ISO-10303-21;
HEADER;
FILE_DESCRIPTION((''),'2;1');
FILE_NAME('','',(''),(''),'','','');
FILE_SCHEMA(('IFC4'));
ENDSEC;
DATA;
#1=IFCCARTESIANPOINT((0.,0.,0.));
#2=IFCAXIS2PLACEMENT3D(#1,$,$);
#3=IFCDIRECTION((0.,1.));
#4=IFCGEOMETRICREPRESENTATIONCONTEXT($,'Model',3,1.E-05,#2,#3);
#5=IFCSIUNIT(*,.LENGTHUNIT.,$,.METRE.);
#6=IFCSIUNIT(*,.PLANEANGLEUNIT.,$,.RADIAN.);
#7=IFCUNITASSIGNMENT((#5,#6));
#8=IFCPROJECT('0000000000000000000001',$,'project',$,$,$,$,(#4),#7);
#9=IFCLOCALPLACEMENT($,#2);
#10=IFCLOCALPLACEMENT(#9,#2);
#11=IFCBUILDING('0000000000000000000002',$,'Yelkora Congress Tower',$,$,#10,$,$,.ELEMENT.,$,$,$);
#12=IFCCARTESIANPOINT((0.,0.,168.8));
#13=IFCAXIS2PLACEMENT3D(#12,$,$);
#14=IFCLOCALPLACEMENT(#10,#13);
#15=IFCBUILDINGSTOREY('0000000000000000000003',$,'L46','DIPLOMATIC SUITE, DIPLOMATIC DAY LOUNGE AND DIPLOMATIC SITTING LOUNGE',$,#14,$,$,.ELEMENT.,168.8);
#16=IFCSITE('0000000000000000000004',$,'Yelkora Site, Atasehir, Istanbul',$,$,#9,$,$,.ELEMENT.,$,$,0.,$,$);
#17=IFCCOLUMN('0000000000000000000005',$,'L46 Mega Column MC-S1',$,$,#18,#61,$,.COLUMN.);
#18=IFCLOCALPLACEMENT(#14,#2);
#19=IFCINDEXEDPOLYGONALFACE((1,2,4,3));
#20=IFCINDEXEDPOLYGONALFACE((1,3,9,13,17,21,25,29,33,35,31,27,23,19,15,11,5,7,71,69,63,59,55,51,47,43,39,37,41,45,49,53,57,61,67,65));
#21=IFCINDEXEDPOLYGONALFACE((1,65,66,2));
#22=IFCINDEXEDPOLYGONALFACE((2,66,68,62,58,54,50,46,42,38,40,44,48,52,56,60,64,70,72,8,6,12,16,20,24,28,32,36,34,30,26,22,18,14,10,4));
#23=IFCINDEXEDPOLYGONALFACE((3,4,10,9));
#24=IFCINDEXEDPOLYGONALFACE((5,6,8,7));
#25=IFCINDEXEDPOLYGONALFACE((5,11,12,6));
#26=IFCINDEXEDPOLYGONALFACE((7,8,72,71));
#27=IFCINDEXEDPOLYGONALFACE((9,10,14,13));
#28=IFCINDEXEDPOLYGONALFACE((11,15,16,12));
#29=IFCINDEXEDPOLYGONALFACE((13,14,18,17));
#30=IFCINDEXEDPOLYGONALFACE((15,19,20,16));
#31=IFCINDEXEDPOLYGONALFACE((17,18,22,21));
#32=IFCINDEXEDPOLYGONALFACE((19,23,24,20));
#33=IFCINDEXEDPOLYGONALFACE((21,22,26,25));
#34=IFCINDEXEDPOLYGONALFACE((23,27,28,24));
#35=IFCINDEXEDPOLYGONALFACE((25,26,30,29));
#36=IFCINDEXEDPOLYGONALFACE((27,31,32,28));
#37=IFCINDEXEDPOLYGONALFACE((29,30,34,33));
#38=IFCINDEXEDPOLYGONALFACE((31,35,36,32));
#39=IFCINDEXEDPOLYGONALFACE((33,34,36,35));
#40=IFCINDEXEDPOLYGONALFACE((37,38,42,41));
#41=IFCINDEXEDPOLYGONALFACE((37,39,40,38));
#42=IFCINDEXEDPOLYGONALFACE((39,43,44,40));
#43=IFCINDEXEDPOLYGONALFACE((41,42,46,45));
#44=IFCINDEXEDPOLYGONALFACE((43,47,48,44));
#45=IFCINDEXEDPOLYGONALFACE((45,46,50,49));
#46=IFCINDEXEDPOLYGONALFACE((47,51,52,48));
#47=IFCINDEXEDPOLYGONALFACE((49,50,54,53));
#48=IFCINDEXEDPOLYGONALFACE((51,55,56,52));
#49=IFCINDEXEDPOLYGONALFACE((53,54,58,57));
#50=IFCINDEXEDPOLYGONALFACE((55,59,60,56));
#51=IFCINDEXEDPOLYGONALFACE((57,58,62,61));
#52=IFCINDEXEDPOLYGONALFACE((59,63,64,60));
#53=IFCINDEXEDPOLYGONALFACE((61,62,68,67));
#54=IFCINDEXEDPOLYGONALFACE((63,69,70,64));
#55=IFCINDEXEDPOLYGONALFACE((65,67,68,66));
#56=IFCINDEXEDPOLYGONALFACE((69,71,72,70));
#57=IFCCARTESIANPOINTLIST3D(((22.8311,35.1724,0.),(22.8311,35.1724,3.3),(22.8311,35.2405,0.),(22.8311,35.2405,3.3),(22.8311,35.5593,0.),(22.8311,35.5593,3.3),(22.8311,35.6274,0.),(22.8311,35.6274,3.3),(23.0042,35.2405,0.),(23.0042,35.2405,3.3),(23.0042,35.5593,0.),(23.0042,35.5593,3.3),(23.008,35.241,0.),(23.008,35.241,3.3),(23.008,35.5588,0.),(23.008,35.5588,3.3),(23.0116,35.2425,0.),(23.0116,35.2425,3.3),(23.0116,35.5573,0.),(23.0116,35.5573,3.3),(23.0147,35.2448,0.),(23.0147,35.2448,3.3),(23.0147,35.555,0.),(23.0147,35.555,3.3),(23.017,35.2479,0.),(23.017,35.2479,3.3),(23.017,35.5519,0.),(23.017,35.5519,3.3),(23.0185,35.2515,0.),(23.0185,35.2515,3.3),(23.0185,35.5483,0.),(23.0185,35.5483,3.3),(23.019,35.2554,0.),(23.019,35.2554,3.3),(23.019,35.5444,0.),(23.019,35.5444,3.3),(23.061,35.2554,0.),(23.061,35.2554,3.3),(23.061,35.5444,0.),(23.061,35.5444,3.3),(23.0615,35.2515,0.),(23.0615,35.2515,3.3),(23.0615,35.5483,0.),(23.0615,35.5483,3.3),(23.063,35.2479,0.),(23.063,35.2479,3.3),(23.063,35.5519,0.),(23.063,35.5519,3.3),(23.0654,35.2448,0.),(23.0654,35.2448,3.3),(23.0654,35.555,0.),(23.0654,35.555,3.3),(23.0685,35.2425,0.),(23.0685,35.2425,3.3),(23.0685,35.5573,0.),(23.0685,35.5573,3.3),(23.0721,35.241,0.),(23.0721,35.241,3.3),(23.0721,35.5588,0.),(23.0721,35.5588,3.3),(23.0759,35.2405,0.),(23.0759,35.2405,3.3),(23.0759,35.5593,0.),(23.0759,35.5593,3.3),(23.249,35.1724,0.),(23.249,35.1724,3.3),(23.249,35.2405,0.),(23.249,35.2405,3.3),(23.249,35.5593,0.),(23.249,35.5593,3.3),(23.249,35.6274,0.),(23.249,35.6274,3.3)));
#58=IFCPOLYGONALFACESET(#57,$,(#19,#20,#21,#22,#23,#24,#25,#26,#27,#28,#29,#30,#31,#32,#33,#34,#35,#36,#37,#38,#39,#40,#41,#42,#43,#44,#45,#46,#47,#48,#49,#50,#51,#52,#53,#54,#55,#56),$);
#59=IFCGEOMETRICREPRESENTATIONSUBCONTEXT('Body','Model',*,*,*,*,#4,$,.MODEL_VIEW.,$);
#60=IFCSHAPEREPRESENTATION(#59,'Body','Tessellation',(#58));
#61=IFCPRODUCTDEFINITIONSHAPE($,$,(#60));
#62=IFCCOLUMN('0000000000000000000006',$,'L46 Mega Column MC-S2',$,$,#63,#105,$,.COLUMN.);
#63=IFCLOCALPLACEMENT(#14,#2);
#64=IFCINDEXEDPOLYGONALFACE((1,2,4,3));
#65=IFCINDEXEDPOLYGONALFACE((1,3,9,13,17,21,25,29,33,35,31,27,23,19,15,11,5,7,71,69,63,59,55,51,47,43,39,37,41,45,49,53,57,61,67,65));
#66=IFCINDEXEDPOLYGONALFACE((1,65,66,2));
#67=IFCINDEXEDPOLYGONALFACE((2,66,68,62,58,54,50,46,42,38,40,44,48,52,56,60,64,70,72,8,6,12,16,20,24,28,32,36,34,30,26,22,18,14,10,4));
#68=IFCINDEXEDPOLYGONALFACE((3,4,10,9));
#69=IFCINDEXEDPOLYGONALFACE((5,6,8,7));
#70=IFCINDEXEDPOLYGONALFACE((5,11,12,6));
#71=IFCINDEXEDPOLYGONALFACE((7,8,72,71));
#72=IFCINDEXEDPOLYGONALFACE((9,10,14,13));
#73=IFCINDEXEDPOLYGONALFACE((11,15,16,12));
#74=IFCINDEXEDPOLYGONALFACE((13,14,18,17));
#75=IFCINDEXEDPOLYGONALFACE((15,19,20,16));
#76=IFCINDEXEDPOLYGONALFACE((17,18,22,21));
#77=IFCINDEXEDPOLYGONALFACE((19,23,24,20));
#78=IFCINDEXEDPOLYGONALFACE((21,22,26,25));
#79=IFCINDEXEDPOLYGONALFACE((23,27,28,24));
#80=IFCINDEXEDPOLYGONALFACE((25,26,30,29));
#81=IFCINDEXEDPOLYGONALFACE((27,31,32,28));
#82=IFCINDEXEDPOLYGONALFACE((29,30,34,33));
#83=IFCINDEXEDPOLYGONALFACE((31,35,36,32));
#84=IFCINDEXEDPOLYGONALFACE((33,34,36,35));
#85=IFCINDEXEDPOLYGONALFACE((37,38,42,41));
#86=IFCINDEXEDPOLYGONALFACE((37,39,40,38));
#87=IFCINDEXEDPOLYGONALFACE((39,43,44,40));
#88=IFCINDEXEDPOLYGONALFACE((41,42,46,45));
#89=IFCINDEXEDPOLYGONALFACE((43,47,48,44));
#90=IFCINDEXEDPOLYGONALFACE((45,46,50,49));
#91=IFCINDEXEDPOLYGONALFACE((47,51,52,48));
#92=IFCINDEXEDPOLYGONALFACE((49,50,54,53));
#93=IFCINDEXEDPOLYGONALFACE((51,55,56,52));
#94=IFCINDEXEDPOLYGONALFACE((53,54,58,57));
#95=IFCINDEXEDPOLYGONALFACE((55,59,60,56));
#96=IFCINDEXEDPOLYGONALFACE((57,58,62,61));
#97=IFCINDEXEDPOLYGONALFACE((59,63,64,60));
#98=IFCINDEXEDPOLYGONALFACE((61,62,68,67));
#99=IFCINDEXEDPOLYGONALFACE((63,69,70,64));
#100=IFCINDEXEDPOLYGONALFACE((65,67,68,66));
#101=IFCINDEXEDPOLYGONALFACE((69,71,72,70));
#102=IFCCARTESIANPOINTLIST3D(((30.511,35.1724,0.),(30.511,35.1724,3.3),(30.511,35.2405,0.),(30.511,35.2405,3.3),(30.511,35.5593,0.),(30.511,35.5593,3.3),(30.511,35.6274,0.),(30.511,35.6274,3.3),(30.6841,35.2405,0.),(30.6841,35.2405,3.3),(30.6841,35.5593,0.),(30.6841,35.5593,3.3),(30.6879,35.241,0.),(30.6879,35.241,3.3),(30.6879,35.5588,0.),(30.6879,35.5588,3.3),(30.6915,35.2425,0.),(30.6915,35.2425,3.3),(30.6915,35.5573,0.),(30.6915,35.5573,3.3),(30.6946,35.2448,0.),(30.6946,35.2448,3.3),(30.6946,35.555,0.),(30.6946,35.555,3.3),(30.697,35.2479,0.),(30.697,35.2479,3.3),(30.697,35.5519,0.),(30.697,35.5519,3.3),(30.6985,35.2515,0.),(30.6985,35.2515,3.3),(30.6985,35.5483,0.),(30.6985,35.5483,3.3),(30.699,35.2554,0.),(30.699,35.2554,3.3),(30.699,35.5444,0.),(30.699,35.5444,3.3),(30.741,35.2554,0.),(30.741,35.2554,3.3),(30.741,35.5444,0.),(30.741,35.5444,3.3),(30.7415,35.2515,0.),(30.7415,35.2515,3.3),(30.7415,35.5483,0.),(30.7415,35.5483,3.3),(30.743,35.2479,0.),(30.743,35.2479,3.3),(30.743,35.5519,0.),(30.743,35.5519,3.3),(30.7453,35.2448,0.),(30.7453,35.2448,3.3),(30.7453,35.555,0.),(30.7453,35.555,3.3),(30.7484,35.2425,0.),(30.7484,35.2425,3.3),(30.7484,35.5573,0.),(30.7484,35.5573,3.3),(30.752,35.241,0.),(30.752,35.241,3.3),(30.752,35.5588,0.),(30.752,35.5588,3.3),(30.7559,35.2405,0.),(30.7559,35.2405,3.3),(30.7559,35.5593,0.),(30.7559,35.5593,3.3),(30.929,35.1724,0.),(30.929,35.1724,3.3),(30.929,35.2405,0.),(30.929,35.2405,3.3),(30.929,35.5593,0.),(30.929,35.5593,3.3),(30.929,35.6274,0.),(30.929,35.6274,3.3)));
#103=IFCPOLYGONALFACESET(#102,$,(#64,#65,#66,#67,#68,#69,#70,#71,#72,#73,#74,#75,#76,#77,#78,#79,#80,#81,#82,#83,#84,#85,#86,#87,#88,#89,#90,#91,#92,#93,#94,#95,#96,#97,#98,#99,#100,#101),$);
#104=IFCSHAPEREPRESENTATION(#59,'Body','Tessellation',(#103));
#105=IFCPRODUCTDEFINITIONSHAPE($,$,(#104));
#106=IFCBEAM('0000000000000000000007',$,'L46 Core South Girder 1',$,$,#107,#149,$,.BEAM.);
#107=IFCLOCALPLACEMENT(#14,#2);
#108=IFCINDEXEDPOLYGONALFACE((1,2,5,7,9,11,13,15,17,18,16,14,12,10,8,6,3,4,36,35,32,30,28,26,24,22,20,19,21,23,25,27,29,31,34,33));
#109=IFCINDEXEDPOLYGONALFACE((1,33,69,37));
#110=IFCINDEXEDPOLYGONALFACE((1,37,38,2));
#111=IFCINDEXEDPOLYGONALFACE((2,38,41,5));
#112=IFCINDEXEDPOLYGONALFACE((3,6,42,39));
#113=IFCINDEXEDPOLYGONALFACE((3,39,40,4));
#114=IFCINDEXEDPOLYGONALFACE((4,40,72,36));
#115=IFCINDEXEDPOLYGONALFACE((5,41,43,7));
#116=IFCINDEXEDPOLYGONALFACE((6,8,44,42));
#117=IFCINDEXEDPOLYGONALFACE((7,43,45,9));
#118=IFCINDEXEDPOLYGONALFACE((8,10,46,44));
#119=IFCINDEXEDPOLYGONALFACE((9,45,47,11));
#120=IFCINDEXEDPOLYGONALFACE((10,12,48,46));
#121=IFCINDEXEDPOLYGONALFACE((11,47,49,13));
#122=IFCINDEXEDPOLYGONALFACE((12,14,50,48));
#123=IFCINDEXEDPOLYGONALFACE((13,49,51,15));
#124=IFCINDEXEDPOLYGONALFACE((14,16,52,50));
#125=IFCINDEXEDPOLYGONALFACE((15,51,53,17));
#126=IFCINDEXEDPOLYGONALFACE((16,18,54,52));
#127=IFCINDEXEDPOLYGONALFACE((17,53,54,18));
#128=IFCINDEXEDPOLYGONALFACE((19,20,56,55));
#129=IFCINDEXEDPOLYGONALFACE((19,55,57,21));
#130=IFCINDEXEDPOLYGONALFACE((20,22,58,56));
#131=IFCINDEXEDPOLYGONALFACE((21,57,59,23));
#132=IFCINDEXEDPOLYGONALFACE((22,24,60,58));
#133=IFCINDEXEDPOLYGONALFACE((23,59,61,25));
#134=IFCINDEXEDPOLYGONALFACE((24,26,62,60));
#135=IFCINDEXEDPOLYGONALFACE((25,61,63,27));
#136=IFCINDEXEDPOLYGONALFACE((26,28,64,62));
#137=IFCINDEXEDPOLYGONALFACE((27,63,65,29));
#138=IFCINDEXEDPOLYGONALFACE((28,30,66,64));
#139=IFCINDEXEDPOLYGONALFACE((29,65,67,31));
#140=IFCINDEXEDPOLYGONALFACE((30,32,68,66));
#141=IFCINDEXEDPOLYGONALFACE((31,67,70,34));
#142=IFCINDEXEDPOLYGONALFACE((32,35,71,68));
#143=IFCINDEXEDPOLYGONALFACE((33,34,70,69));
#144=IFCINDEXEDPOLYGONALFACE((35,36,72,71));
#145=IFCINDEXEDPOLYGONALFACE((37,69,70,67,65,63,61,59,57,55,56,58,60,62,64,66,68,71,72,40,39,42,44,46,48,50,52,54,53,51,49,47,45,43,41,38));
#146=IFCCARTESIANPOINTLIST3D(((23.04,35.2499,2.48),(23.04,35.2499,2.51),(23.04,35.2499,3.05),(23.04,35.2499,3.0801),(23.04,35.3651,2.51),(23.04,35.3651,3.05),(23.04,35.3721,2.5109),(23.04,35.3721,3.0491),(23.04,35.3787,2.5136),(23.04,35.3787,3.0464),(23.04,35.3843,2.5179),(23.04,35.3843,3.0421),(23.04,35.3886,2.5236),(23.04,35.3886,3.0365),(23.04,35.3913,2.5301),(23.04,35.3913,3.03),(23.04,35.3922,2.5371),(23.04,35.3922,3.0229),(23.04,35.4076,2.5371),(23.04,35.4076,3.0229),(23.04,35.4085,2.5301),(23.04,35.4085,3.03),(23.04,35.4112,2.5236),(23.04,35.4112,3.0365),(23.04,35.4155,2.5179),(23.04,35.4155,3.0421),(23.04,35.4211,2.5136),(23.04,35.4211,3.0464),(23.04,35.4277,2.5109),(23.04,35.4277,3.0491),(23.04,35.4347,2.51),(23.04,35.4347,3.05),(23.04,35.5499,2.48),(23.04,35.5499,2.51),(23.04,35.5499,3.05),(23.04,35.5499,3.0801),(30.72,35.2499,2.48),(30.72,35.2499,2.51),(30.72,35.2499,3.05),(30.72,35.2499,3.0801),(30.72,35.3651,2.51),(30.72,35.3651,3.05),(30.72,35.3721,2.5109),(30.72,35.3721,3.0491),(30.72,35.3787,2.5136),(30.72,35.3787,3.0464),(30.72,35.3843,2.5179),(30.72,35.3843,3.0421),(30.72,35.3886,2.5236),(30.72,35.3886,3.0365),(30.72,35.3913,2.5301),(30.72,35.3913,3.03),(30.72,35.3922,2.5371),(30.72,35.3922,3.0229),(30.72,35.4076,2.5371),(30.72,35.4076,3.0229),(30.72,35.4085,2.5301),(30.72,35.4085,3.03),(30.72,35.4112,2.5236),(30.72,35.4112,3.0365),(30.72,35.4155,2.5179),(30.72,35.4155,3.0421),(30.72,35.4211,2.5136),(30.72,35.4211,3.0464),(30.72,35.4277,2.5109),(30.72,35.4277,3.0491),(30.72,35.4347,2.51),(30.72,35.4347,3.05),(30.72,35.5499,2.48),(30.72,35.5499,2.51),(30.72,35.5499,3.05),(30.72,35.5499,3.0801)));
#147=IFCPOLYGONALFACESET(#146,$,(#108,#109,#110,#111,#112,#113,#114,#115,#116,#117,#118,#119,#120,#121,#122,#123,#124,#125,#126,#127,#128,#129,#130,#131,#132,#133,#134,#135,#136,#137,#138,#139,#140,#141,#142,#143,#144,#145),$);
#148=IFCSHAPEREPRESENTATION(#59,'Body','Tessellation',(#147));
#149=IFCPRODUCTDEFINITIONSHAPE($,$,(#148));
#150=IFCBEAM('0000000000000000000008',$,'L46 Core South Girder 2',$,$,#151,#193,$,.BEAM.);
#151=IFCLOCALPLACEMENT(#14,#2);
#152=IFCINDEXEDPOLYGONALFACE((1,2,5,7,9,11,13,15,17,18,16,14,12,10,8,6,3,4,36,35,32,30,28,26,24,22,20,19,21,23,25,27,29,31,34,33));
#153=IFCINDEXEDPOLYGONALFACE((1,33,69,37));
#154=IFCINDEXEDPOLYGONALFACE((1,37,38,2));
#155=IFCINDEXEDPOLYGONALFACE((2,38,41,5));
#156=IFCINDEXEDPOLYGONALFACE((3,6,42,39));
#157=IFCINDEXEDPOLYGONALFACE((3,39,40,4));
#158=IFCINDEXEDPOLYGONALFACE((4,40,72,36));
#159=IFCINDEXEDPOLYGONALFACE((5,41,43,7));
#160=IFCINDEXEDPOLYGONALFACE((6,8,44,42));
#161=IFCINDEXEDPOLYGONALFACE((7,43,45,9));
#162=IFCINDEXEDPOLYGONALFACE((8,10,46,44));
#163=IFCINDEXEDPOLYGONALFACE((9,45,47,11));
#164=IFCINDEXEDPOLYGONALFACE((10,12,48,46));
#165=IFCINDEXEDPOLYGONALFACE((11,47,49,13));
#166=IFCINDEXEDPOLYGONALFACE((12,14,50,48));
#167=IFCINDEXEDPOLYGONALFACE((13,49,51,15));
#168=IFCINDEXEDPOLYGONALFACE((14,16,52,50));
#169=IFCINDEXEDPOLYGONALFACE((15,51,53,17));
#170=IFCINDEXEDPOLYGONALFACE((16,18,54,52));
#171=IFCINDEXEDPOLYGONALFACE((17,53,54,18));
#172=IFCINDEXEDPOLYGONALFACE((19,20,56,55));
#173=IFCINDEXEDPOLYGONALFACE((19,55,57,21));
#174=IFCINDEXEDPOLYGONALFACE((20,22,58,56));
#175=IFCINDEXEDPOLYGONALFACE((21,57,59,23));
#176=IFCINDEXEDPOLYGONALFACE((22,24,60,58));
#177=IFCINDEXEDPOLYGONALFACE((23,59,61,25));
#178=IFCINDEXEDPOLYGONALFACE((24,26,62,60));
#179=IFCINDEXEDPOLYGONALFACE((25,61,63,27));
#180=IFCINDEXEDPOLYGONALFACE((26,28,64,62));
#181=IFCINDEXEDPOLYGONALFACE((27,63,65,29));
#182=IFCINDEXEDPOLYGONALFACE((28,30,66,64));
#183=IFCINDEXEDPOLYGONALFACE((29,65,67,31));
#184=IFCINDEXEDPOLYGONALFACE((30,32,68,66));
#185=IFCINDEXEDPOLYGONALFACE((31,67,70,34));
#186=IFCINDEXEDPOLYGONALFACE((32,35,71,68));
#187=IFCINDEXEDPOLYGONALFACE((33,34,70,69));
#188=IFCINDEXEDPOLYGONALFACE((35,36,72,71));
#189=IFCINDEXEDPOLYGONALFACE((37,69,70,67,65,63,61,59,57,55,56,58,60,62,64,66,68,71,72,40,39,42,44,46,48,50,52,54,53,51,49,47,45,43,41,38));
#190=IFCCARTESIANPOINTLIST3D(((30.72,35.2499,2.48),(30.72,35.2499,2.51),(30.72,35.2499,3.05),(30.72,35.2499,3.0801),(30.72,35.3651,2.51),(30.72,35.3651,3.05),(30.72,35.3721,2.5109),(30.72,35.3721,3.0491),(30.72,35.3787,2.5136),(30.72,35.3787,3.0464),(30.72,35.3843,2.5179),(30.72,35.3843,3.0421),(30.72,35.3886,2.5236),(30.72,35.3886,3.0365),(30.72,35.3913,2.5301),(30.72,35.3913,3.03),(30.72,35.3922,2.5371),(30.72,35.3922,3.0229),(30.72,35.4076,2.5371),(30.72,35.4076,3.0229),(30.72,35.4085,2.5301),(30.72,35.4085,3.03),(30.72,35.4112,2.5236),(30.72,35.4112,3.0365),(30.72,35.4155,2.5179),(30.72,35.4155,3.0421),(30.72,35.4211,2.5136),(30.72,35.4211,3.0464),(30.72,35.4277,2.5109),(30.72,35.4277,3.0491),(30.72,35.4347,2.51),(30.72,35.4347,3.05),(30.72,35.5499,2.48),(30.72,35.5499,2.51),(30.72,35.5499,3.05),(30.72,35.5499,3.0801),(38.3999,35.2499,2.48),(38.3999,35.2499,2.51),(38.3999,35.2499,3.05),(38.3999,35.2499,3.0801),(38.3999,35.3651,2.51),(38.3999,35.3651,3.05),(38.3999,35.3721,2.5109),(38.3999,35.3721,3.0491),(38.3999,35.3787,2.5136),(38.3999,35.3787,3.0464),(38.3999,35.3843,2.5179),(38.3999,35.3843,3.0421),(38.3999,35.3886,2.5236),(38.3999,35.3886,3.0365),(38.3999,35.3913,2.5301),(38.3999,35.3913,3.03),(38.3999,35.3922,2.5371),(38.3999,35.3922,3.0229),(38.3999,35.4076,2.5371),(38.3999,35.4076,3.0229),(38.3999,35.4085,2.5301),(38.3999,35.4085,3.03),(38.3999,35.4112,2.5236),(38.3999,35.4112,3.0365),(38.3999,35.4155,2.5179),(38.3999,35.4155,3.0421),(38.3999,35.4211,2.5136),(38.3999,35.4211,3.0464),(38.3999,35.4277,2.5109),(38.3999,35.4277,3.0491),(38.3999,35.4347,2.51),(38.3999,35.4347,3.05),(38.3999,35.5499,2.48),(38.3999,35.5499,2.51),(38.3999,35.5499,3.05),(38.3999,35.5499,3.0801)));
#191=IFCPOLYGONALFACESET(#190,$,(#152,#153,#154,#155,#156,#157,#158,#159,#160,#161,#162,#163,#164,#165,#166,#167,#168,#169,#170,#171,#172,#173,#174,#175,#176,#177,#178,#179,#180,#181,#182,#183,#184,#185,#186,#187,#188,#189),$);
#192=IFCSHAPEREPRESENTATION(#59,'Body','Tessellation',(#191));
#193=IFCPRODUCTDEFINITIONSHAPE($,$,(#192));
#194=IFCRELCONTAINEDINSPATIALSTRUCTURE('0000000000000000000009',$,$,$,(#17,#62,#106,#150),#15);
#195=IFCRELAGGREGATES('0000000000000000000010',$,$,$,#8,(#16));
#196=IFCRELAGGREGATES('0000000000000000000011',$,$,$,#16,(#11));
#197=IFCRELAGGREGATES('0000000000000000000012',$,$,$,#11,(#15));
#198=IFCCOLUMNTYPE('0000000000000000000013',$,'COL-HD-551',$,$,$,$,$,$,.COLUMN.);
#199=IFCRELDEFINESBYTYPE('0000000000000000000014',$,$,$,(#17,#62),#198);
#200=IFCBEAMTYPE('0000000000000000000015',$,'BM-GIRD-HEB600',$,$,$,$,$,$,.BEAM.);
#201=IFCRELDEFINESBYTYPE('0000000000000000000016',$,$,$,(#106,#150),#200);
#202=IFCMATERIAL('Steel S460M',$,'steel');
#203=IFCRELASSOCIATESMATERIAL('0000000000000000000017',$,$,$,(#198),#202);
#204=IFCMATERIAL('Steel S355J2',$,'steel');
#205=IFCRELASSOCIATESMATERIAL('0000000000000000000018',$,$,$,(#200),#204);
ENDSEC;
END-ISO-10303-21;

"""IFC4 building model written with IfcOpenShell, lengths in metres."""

from ifc_helpers import new_model, si_unit, direction, frame, origin, origin_2d, place, context, subcontext, project, spatial, i_section, extrude, material, material_profile, profile_set, type_object, element, save


model = new_model("IFC4")

# Units and contexts
model_context = context("Model", 3, precision=1e-05, world=origin(), true_north=direction((0.0, 1.0)))
body_context = subcontext(model_context, "Body", "Model", "MODEL_VIEW")
ifc_project = project(units=[si_unit("LENGTHUNIT", "METRE"), si_unit("PLANEANGLEUNIT", "RADIAN")], contexts=[model_context])

# Site, building, storey
site_placement = place(None, origin())
site = spatial("IfcSite", under=ifc_project, at=site_placement, Name="Yelkora Site, Atasehir, Istanbul", CompositionType="ELEMENT", RefElevation=0.0)
building_placement = place(site_placement, origin())
building = spatial("IfcBuilding", under=site, at=building_placement, Name="Yelkora Congress Tower", CompositionType="ELEMENT")
storey_placement = place(building_placement, frame((0.0, 0.0, 168.8)))
storey = spatial("IfcBuildingStorey", under=building, at=storey_placement, Name="L46", Description="DIPLOMATIC SUITE, DIPLOMATIC DAY LOUNGE AND DIPLOMATIC SITTING LOUNGE", CompositionType="ELEMENT", Elevation=168.8)

# Columns
ifc_material_1 = material(Name="Steel S460M", Category="steel")
ifc_material_profile_1 = material_profile(ifc_material_1, i_section(OverallWidth=0.418, OverallDepth=0.4551, WebThickness=0.042, FlangeThickness=0.0681, FilletRadius=0.0149, at=origin_2d()), Name="HD 400x551")
ifc_profile_set_1 = profile_set([ifc_material_profile_1], Name="Steel S460M")
column_type = type_object("IfcColumnType", Name="COL-HD-551", PredefinedType="COLUMN", material=ifc_profile_set_1)
for number, where, z_axis, x_axis, name in (
    (1, (23.04, 35.3999, 0.0), (0.0, 0.0, 1.0), (1.0, 0.0, 0.0), "L46 Mega Column MC-S1"),
    (2, (30.72, 35.3999, 0.0), (0.0, 0.0, 1.0), (1.0, 0.0, 0.0), "L46 Mega Column MC-S2"),
):
    element("IfcColumn", number, at=place(storey_placement, frame(where, z_axis=z_axis, x_axis=x_axis)), inside=storey, type_object=column_type, Name=name, PredefinedType="COLUMN", context=body_context, shape_type="SweptSolid", body=[
        extrude(i_section(OverallWidth=0.418, OverallDepth=0.4551, WebThickness=0.042, FlangeThickness=0.0681, FilletRadius=0.0149, at=origin_2d()), origin(), (0.0, 0.0, 1.0), 3.3),
    ])

# Beams
ifc_material_2 = material(Name="Steel S355J2", Category="steel")
ifc_material_profile_2 = material_profile(ifc_material_2, i_section(OverallWidth=0.3, OverallDepth=0.6001, WebThickness=0.0154, FlangeThickness=0.03, FilletRadius=0.0271, at=origin_2d()), Name="HEB 600")
ifc_profile_set_2 = profile_set([ifc_material_profile_2], Name="Steel S355J2")
beam_type_1 = type_object("IfcBeamType", Name="BM-GIRD-HEB600", PredefinedType="BEAM", material=ifc_profile_set_2)
for number, where, z_axis, x_axis, name in (
    (3, (23.04, 35.3999, 2.78), (1.0, 0.0, 0.0), (0.0, 1.0, 0.0), "L46 Core South Girder 1"),
    (4, (30.72, 35.3999, 2.78), (1.0, 0.0, 0.0), (0.0, 1.0, 0.0), "L46 Core South Girder 2"),
):
    element("IfcBeam", number, at=place(storey_placement, frame(where, z_axis=z_axis, x_axis=x_axis)), inside=storey, type_object=beam_type_1, Name=name, PredefinedType="BEAM", context=body_context, shape_type="SweptSolid", body=[
        extrude(i_section(OverallWidth=0.3, OverallDepth=0.6001, WebThickness=0.0154, FlangeThickness=0.03, FilletRadius=0.0271, at=origin_2d()), origin(), (0.0, 0.0, 1.0), 7.6799),
    ])

save(model, "model.ifc")
